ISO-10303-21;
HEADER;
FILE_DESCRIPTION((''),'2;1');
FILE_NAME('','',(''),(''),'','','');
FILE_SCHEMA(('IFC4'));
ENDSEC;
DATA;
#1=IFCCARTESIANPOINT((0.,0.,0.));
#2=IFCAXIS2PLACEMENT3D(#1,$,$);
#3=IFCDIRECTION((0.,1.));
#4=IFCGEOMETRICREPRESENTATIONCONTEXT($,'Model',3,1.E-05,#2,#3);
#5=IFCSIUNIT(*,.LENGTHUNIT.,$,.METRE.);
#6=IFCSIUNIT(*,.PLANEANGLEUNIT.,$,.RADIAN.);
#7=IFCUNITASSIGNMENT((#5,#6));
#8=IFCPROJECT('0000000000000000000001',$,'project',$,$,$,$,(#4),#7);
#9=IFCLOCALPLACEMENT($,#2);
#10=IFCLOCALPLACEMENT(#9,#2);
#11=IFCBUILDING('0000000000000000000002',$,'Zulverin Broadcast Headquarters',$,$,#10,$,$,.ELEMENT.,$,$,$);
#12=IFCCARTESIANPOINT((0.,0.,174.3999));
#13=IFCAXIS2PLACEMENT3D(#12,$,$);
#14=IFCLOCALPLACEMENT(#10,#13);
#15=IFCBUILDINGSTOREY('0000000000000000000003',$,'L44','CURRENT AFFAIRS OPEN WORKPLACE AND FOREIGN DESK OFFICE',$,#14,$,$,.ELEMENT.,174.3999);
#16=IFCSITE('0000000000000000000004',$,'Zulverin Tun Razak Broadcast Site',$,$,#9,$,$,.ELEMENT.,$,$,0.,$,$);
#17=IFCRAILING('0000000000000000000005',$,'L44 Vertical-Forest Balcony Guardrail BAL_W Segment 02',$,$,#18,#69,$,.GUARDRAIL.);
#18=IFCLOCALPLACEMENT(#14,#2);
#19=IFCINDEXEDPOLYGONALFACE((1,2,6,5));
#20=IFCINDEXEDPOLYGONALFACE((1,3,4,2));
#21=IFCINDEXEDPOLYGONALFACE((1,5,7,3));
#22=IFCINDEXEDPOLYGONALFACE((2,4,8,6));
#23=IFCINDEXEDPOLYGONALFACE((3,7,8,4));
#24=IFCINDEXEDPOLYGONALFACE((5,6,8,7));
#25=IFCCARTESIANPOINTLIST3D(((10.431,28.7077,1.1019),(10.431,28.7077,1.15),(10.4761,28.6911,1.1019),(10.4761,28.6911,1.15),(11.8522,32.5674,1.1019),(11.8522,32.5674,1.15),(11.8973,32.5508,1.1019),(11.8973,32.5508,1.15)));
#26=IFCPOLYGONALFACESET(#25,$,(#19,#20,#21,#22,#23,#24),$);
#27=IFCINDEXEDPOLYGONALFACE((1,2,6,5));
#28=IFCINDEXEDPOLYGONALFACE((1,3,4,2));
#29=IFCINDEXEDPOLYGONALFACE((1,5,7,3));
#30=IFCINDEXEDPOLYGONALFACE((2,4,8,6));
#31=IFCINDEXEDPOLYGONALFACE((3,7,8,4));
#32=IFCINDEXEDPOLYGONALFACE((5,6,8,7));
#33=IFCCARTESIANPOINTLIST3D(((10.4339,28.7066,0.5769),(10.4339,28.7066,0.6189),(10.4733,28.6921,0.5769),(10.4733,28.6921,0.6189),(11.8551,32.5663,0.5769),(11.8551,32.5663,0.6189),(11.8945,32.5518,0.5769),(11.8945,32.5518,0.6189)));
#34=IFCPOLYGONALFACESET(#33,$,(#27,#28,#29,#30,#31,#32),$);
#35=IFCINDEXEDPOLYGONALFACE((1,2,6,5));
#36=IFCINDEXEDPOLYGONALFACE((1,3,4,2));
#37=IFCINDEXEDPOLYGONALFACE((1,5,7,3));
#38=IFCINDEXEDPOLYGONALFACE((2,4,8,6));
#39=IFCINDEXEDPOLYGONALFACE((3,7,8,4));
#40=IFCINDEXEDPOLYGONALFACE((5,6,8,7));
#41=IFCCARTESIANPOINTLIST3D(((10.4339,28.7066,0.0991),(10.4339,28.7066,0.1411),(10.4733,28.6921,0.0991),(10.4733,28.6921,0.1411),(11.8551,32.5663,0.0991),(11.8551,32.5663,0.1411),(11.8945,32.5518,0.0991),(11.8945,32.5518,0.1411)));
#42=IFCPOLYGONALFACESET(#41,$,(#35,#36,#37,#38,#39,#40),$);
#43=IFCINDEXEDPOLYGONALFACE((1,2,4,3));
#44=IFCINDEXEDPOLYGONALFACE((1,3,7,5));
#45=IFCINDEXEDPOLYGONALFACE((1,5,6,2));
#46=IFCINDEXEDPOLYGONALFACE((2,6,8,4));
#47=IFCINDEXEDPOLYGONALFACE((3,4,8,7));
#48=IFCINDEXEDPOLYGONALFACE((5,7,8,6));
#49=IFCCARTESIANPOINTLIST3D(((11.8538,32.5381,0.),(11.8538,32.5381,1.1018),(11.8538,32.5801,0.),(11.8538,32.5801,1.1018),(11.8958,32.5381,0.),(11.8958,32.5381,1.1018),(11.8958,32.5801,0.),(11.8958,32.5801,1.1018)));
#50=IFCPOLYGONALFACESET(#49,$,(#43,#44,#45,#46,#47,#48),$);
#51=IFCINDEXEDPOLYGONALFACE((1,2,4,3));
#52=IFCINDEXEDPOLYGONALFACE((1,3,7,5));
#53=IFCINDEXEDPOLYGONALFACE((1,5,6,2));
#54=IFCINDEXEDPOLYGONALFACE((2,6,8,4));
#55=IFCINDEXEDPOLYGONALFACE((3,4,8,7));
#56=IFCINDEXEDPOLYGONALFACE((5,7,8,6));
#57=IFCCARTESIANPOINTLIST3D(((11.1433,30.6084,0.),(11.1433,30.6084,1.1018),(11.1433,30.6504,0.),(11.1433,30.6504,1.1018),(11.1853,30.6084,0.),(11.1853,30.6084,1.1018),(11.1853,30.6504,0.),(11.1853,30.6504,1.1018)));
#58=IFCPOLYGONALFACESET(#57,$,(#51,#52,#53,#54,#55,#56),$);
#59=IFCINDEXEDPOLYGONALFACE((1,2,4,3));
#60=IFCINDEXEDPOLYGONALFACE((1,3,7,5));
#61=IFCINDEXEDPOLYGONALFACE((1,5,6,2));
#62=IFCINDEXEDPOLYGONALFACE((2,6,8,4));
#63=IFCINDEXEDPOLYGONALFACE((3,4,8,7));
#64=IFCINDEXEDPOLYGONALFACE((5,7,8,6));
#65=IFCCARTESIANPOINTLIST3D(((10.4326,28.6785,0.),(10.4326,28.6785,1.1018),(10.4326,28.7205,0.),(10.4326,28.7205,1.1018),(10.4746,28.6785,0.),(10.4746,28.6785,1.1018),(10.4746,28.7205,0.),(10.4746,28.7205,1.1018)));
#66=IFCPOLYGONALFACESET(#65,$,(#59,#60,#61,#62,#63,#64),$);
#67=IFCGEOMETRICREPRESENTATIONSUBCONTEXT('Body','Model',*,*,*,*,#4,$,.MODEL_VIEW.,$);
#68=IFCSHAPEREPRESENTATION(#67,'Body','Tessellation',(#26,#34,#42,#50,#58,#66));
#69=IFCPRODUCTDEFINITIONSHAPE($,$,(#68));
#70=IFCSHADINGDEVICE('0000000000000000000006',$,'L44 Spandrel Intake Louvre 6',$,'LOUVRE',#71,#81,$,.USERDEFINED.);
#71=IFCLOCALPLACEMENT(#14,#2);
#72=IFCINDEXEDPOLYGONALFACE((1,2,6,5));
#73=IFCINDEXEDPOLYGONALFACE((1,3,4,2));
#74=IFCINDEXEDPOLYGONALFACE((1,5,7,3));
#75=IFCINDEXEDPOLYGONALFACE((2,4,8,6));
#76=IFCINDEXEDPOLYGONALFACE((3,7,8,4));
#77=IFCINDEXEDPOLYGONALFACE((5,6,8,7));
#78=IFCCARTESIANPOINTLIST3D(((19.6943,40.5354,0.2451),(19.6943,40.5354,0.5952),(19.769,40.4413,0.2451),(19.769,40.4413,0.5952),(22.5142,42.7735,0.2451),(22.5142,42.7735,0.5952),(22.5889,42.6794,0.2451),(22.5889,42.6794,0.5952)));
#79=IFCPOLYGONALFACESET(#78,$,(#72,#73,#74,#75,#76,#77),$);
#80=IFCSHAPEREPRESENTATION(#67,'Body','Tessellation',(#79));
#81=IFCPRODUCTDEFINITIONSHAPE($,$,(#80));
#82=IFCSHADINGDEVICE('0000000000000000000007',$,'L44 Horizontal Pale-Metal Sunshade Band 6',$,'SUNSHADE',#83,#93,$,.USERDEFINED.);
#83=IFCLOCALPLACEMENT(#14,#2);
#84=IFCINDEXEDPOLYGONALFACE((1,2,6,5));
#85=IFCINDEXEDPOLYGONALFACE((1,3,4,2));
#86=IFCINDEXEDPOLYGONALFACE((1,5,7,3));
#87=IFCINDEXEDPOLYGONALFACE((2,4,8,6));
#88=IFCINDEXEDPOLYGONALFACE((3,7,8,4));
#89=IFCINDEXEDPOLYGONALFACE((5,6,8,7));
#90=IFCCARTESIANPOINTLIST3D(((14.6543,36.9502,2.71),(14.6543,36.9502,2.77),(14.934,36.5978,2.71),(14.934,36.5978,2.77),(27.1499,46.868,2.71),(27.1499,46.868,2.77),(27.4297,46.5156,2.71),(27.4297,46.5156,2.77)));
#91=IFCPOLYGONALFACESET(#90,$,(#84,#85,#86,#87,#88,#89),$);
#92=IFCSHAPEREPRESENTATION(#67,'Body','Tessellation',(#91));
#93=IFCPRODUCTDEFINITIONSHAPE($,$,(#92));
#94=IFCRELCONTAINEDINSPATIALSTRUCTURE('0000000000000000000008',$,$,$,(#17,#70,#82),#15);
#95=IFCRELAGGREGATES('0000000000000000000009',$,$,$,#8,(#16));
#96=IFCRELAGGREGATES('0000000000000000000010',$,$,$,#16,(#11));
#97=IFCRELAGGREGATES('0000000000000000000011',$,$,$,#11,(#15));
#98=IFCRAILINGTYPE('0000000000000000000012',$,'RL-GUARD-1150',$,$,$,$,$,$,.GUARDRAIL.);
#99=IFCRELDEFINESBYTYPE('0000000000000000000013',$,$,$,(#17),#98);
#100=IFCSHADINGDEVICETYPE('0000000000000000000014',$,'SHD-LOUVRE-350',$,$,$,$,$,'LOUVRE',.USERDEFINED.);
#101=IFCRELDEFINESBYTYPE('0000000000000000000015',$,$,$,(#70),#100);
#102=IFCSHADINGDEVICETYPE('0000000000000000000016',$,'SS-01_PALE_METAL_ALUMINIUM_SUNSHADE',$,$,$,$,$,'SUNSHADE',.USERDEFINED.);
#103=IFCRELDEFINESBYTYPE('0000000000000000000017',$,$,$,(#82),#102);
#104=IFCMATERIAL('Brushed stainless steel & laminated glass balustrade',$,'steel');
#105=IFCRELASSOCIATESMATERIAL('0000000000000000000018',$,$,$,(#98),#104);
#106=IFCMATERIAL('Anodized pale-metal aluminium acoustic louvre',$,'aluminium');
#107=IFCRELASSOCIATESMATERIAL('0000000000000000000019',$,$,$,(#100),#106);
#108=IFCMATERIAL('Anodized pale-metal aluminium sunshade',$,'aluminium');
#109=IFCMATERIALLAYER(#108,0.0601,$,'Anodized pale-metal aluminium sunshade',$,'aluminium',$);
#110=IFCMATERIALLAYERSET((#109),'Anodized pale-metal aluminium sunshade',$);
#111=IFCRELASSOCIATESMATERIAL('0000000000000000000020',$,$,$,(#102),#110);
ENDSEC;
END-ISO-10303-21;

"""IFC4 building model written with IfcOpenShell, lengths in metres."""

from ifc_helpers import new_model, si_unit, direction, frame, origin, origin_2d, place, context, subcontext, project, spatial, rectangle, extrude, material, layer, layer_set, type_object, element, save


model = new_model("IFC4")

# Units and contexts
model_context = context("Model", 3, precision=1e-05, world=origin(), true_north=direction((0.0, 1.0)))
body_context = subcontext(model_context, "Body", "Model", "MODEL_VIEW")
ifc_project = project(units=[si_unit("LENGTHUNIT", "METRE"), si_unit("PLANEANGLEUNIT", "RADIAN")], contexts=[model_context])

# Site, building, storey
site_placement = place(None, origin())
site = spatial("IfcSite", under=ifc_project, at=site_placement, Name="Zulverin Tun Razak Broadcast Site", CompositionType="ELEMENT", RefElevation=0.0)
building_placement = place(site_placement, origin())
building = spatial("IfcBuilding", under=site, at=building_placement, Name="Zulverin Broadcast Headquarters", CompositionType="ELEMENT")
storey_placement = place(building_placement, frame((0.0, 0.0, 174.3999)))
storey = spatial("IfcBuildingStorey", under=building, at=storey_placement, Name="L44", Description="CURRENT AFFAIRS OPEN WORKPLACE AND FOREIGN DESK OFFICE", CompositionType="ELEMENT", Elevation=174.3999)

# Railing
ifc_material_1 = material(Name="Brushed stainless steel & laminated glass balustrade", Category="steel")
railing_type = type_object("IfcRailingType", Name="RL-GUARD-1150", PredefinedType="GUARDRAIL", material=ifc_material_1)
railing_placement = place(storey_placement, frame((11.8748, 32.5591, 0.0)))
element("IfcRailing", 1, at=railing_placement, inside=storey, type_object=railing_type, Name="L44 Vertical-Forest Balcony Guardrail BAL_W Segment 02", PredefinedType="GUARDRAIL", context=body_context, shape_type="SweptSolid", body=[
    extrude(rectangle(XDim=0.0481, YDim=0.0481, at=origin_2d()), frame((0.0, 0.0, 1.126), z_axis=(-0.345529, -0.938408, 0.0), x_axis=(0.938408, -0.345529, 0.0)), (0.0, 0.0, 1.0), 4.113),
    extrude(rectangle(XDim=0.042, YDim=0.042, at=origin_2d()), frame((0.0, 0.0, 0.5979), z_axis=(-0.345529, -0.938408, 0.0), x_axis=(0.938408, -0.345529, 0.0)), (0.0, 0.0, 1.0), 4.113),
    extrude(rectangle(XDim=0.042, YDim=0.042, at=origin_2d()), frame((0.0, 0.0, 0.1201), z_axis=(-0.345529, -0.938408, 0.0), x_axis=(0.938408, -0.345529, 0.0)), (0.0, 0.0, 1.0), 4.113),
    extrude(rectangle(XDim=0.042, YDim=0.042, at=origin_2d()), origin(), (0.0, 0.0, 1.0), 1.1018),
    extrude(rectangle(XDim=0.042, YDim=0.042, at=origin_2d()), frame((-0.7104, -1.9297, 0.0)), (0.0, 0.0, 1.0), 1.1018),
    extrude(rectangle(XDim=0.042, YDim=0.042, at=origin_2d()), frame((-1.4211, -3.8596, 0.0)), (0.0, 0.0, 1.0), 1.1018),
])

# Shading devices
ifc_material_2 = material(Name="Anodized pale-metal aluminium acoustic louvre", Category="aluminium")
shading_device_type_1 = type_object("IfcShadingDeviceType", Name="SHD-LOUVRE-350", ElementType="LOUVRE", PredefinedType="USERDEFINED", material=ifc_material_2)
shading_device_1_placement = place(storey_placement, frame((21.1416, 41.6074, 0.2451), z_axis=(0.0, 0.0, 1.0), x_axis=(-0.78327, -0.621681, 0.0)))
element("IfcShadingDevice", 2, at=shading_device_1_placement, inside=storey, type_object=shading_device_type_1, Name="L44 Spandrel Intake Louvre 6", ObjectType="LOUVRE", PredefinedType="USERDEFINED", context=body_context, shape_type="SweptSolid", body=[
    extrude(rectangle(XDim=3.6001, YDim=0.1201, at=origin_2d()), origin(), (0.0, 0.0, 1.0), 0.3501),
])
ifc_material_3 = material(Name="Anodized pale-metal aluminium sunshade", Category="aluminium")
ifc_layer_1 = layer(ifc_material_3, 0.0601, Name="Anodized pale-metal aluminium sunshade", Category="aluminium")
ifc_layer_set_1 = layer_set([ifc_layer_1], Name="Anodized pale-metal aluminium sunshade")
shading_device_type_2 = type_object("IfcShadingDeviceType", Name="SS-01_PALE_METAL_ALUMINIUM_SUNSHADE", ElementType="SUNSHADE", PredefinedType="USERDEFINED", material=ifc_layer_set_1)
shading_device_2_placement = place(storey_placement, frame((21.042, 41.7329, 2.71), z_axis=(0.0, 0.0, 1.0), x_axis=(-0.78327, -0.621681, 0.0)))
element("IfcShadingDevice", 3, at=shading_device_2_placement, inside=storey, type_object=shading_device_type_2, Name="L44 Horizontal Pale-Metal Sunshade Band 6", ObjectType="SUNSHADE", PredefinedType="USERDEFINED", context=body_context, shape_type="SweptSolid", body=[
    extrude(rectangle(XDim=15.9531, YDim=0.45, at=origin_2d()), origin(), (0.0, 0.0, 1.0), 0.0601),
])

save(model, "model.ifc")
